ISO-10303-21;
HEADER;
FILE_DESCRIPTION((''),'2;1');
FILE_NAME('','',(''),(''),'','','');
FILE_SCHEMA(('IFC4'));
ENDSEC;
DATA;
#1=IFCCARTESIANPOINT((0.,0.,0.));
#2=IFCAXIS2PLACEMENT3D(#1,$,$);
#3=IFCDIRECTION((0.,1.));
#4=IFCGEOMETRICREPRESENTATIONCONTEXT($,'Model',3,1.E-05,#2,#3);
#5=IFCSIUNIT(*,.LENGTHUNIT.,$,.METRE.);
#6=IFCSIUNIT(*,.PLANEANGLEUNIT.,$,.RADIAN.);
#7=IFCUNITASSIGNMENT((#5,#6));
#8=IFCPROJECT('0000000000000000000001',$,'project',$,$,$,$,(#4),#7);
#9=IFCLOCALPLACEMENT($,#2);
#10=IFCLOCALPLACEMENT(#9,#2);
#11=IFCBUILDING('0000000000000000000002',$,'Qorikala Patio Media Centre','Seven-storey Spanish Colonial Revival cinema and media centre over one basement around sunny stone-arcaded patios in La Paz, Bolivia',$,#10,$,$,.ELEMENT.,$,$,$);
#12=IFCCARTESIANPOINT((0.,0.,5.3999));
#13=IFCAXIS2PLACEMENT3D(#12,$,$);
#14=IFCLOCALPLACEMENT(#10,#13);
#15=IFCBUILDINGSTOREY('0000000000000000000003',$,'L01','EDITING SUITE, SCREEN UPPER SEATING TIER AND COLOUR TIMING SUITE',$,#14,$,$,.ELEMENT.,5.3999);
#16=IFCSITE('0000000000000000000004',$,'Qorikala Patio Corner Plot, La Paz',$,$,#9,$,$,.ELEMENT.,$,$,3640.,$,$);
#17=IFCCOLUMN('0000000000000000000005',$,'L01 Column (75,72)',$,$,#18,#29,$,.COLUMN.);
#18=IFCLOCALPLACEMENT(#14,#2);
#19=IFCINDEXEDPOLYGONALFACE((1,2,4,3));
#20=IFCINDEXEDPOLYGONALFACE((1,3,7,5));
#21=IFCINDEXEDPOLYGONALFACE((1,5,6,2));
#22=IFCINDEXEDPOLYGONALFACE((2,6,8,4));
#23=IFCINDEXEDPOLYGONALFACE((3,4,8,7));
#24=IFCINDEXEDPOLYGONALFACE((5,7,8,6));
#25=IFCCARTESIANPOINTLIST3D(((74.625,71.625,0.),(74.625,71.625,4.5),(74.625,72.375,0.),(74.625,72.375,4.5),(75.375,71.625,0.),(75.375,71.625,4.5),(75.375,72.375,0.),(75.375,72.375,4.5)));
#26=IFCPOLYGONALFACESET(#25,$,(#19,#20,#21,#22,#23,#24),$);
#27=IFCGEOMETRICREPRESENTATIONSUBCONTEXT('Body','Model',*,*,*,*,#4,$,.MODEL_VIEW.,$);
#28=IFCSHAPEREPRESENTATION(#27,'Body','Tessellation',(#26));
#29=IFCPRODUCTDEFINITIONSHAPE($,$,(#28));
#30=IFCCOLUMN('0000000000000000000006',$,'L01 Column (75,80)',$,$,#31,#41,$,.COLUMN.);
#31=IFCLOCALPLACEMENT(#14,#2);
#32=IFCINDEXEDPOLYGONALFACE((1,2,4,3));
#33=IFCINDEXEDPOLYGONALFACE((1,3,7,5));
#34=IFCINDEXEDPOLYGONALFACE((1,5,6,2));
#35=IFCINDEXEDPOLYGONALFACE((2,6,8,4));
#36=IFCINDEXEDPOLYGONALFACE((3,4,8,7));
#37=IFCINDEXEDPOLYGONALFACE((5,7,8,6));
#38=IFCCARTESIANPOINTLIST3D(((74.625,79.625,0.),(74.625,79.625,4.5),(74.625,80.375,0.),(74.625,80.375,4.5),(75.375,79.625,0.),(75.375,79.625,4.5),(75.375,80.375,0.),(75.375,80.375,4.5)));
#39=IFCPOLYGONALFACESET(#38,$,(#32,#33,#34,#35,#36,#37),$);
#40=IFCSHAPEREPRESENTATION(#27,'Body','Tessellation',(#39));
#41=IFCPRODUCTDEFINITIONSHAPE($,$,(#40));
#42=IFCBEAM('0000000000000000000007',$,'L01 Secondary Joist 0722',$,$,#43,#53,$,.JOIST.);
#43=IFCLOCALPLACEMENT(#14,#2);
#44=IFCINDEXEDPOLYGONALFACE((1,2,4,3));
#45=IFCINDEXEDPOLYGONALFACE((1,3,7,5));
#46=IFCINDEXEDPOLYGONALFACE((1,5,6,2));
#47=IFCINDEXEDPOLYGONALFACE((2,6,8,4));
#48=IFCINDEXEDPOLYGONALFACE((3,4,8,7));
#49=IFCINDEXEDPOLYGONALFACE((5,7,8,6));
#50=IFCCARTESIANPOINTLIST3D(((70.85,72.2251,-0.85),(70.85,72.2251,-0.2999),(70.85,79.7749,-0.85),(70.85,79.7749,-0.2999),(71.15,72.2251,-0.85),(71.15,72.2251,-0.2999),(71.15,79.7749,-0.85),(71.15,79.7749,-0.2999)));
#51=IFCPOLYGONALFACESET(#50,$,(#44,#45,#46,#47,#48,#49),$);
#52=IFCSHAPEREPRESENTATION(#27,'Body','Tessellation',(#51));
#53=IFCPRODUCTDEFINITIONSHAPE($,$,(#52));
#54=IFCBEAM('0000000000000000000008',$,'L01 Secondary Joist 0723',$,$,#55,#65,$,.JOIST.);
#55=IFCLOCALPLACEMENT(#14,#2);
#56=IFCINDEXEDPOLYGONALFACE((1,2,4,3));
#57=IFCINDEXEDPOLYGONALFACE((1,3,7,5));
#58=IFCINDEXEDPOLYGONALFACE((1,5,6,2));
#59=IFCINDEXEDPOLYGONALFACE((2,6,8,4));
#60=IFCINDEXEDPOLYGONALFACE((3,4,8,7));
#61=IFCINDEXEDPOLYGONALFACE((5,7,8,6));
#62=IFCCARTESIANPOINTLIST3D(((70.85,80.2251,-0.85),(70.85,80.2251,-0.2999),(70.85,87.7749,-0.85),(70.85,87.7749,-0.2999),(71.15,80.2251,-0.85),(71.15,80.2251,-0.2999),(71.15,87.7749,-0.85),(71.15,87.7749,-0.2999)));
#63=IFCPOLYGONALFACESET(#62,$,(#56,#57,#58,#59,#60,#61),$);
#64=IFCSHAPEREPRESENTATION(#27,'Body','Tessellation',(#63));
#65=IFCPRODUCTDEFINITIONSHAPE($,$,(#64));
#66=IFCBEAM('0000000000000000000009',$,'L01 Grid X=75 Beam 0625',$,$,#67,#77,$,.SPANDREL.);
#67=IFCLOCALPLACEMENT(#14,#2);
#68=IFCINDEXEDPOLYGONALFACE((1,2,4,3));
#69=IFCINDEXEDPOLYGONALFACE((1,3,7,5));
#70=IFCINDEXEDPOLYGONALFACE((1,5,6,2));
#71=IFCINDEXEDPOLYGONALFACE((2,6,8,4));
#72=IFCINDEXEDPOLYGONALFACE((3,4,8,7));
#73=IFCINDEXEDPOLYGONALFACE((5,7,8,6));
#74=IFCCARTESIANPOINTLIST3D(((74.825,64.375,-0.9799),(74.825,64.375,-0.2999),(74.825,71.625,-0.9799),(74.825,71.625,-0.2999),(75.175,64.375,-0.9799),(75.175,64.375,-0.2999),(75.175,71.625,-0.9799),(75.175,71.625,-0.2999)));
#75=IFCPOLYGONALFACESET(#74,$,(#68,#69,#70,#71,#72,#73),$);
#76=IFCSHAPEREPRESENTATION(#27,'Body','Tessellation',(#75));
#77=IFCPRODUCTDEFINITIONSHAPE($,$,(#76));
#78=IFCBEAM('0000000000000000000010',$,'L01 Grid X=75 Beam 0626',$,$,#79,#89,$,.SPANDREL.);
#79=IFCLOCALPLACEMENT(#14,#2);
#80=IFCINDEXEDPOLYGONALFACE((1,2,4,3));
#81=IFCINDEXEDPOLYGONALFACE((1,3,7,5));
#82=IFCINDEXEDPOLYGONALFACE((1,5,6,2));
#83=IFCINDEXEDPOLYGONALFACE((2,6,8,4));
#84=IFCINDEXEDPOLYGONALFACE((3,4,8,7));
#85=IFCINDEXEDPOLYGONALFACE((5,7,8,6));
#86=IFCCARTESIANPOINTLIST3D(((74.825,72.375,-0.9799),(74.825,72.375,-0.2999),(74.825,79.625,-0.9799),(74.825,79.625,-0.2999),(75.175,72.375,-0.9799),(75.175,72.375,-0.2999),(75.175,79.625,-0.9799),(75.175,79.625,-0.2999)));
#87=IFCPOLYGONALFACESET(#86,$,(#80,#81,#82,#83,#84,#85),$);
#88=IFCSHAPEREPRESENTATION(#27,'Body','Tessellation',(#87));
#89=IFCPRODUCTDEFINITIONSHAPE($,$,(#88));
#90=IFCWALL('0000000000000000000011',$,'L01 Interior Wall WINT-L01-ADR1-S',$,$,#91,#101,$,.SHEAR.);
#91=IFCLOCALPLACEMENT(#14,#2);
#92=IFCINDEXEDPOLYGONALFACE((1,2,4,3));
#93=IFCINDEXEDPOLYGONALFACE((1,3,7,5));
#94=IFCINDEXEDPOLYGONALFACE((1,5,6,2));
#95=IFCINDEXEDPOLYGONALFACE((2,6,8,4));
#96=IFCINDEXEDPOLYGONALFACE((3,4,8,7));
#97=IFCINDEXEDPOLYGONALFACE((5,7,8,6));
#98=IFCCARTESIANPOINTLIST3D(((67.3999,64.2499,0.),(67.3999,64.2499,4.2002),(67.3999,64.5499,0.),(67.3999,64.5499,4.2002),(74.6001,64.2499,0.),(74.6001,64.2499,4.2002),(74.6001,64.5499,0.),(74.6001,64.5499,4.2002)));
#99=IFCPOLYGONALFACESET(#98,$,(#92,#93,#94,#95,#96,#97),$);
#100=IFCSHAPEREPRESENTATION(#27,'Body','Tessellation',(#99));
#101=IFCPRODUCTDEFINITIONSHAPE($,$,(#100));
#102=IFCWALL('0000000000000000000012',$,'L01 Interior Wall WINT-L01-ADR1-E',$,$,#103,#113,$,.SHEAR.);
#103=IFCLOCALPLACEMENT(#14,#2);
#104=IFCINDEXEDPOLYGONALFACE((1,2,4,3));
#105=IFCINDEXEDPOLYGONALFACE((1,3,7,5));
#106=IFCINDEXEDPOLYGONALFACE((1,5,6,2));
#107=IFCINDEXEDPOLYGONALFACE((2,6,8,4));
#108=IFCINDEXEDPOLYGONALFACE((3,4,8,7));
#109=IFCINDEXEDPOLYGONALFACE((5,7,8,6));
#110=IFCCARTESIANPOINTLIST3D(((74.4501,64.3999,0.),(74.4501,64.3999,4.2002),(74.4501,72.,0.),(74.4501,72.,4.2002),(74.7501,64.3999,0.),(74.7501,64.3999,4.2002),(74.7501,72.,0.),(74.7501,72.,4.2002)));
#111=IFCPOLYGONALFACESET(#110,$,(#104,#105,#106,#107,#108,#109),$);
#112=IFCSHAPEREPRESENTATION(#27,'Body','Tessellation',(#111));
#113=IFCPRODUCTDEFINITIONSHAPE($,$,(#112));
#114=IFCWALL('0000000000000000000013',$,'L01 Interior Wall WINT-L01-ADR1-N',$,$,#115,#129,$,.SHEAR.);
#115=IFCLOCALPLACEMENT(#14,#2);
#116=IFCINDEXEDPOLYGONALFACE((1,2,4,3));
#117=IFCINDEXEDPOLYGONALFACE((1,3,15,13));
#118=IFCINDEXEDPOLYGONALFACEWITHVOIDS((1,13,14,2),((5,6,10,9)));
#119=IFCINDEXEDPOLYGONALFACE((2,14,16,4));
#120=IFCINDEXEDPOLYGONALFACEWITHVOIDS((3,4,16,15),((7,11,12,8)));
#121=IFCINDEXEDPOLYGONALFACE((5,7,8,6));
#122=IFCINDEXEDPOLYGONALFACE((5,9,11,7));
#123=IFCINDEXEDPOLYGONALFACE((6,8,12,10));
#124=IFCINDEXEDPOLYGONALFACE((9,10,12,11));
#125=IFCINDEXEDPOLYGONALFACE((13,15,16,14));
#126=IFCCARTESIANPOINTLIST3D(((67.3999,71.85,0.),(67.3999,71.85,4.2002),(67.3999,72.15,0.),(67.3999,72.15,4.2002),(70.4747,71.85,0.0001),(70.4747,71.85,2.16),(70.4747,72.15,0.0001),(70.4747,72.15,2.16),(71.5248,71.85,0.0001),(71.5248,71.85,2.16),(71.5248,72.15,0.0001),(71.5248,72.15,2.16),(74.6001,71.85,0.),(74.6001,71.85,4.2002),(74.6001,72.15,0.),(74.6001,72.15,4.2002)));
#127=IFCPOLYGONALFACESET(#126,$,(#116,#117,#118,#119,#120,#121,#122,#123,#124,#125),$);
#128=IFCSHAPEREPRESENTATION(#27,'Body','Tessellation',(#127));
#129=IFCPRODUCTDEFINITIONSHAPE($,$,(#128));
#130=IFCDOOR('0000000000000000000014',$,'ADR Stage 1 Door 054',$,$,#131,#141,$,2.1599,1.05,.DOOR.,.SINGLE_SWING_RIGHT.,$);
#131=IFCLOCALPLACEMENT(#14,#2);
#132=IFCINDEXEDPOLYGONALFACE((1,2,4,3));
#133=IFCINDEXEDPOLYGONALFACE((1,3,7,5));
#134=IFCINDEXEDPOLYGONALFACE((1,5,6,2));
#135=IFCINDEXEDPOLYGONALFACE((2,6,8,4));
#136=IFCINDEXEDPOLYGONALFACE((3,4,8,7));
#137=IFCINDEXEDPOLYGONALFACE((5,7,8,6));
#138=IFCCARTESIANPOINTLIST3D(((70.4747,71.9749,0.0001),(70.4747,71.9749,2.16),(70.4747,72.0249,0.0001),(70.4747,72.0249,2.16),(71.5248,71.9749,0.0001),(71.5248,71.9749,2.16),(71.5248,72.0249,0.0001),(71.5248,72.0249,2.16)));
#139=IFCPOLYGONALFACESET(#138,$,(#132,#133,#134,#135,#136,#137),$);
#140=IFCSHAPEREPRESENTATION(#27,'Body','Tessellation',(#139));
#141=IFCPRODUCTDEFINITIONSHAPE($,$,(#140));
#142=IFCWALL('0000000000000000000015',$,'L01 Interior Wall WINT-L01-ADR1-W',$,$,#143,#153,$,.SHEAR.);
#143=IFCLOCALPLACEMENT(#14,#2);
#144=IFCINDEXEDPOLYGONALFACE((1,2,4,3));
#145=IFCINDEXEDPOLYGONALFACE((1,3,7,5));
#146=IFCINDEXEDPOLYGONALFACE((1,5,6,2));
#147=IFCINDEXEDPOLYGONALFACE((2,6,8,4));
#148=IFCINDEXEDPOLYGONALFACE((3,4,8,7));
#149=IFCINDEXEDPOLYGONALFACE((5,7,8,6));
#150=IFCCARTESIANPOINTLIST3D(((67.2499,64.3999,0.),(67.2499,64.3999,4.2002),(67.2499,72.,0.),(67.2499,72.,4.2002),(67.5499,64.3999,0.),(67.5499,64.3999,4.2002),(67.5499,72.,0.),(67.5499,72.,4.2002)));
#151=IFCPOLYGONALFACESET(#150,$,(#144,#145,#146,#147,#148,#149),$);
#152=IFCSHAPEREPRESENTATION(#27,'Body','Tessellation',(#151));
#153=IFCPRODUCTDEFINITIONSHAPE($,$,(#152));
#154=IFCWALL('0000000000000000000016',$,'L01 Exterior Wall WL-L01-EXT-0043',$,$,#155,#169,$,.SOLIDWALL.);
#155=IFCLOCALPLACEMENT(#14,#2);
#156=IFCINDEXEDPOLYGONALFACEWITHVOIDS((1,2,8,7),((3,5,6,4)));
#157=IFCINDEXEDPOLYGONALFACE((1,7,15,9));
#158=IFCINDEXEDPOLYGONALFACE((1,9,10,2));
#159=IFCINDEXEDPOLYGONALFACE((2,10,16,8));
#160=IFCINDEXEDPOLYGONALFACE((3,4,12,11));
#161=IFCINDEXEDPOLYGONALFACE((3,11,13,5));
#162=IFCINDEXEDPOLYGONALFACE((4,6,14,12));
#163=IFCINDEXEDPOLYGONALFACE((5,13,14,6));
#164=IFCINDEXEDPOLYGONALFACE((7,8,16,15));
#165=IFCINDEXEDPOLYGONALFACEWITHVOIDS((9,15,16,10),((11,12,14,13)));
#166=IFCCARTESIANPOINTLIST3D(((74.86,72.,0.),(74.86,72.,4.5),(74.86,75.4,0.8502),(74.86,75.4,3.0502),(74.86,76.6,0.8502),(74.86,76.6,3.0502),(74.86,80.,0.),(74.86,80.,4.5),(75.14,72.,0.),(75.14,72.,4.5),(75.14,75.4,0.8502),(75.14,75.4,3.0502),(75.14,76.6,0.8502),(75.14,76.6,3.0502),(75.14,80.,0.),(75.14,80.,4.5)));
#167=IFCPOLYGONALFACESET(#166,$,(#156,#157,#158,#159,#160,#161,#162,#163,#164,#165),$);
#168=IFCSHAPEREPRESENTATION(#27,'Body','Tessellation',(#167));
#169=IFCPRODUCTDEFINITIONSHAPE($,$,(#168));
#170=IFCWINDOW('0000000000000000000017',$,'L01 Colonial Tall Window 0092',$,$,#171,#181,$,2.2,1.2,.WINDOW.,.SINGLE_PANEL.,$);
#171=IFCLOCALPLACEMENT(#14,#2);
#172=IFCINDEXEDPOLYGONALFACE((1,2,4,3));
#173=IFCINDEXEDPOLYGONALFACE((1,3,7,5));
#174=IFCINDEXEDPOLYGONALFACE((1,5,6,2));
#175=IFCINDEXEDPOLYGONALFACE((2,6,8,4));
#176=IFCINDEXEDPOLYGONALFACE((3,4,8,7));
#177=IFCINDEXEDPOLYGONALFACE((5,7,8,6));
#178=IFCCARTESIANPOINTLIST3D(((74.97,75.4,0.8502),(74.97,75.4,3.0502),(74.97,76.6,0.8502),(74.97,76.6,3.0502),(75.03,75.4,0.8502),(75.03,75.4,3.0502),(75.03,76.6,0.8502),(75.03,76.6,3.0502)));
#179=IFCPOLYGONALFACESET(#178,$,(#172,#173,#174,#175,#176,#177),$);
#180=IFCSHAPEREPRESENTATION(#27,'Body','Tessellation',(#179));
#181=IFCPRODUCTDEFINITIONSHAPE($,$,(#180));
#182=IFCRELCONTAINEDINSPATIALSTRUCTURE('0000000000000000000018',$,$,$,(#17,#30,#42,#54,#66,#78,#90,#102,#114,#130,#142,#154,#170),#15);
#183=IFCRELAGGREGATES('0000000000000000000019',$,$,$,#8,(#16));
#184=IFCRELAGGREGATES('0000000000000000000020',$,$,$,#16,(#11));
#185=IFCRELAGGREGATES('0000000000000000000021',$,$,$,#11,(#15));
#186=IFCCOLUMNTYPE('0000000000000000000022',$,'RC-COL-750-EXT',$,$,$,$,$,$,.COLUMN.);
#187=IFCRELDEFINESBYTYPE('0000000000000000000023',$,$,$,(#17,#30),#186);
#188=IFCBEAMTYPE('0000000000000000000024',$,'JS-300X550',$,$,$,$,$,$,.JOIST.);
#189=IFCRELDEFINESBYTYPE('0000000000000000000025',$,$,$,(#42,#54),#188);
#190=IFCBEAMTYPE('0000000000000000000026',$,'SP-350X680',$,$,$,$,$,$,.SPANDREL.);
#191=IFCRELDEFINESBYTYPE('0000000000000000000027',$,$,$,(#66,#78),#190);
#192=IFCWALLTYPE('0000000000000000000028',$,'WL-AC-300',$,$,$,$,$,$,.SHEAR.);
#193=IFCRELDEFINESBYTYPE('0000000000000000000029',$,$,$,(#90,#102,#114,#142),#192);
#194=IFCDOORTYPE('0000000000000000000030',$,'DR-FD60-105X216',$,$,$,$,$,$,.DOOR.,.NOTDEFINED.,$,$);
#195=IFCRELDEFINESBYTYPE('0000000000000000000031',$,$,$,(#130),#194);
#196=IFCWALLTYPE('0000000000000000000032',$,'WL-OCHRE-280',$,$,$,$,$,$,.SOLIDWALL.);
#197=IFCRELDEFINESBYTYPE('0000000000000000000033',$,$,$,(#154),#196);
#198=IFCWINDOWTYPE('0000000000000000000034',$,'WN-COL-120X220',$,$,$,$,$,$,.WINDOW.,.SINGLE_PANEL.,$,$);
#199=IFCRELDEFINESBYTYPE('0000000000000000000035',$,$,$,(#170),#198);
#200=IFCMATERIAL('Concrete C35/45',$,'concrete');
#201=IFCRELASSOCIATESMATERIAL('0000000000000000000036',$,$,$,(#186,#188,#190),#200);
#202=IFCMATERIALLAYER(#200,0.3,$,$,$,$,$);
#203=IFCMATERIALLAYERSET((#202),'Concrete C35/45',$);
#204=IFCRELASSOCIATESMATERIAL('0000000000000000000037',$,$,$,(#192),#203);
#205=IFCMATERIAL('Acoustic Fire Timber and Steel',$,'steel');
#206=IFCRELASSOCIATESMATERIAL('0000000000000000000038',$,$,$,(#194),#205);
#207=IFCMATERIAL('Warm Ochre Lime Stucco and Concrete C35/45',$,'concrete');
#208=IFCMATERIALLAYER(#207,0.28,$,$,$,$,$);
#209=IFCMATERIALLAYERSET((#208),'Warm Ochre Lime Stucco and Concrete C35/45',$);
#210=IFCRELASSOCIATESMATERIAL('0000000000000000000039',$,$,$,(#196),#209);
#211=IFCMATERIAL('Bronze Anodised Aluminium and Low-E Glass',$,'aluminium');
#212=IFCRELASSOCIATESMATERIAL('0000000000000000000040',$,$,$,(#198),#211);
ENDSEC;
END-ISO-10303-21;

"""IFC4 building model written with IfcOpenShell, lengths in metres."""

from ifc_helpers import new_model, si_unit, direction, frame, frame_2d, origin, origin_2d, place, context, subcontext, project, spatial, rectangle, extrude, material, layer, layer_set, material_profile, profile_set, type_object, element, fill, save


model = new_model("IFC4")

# Units and contexts
model_context = context("Model", 3, precision=1e-05, world=origin(), true_north=direction((0.0, 1.0)))
body_context = subcontext(model_context, "Body", "Model", "MODEL_VIEW")
ifc_project = project(units=[si_unit("LENGTHUNIT", "METRE"), si_unit("PLANEANGLEUNIT", "RADIAN")], contexts=[model_context])

# Site, building, storey
site_placement = place(None, origin())
site = spatial("IfcSite", under=ifc_project, at=site_placement, Name="Qorikala Patio Corner Plot, La Paz", CompositionType="ELEMENT", RefElevation=3640.0)
building_placement = place(site_placement, origin())
building = spatial("IfcBuilding", under=site, at=building_placement, Name="Qorikala Patio Media Centre", Description="Seven-storey Spanish Colonial Revival cinema and media centre over one basement around sunny stone-arcaded patios in La Paz, Bolivia", CompositionType="ELEMENT")
storey_placement = place(building_placement, frame((0.0, 0.0, 5.3999)))
storey = spatial("IfcBuildingStorey", under=building, at=storey_placement, Name="L01", Description="EDITING SUITE, SCREEN UPPER SEATING TIER AND COLOUR TIMING SUITE", CompositionType="ELEMENT", Elevation=5.3999)

# Columns
ifc_material_1 = material(Name="Concrete C35/45", Category="concrete")
ifc_material_profile_1 = material_profile(ifc_material_1, rectangle(XDim=0.75, YDim=0.75, at=origin_2d()), Name="RC 750x750")
ifc_profile_set_1 = profile_set([ifc_material_profile_1], Name="Concrete C35/45")
column_type = type_object("IfcColumnType", Name="RC-COL-750-EXT", PredefinedType="COLUMN", material=ifc_profile_set_1)
for number, where, z_axis, x_axis, name in (
    (1, (75.0, 72.0, 0.0), (0.0, 0.0, 1.0), (1.0, 0.0, 0.0), "L01 Column (75,72)"),
    (2, (75.0, 80.0, 0.0), (0.0, 0.0, 1.0), (1.0, 0.0, 0.0), "L01 Column (75,80)"),
):
    element("IfcColumn", number, at=place(storey_placement, frame(where, z_axis=z_axis, x_axis=x_axis)), inside=storey, type_object=column_type, Name=name, PredefinedType="COLUMN", context=body_context, shape_type="SweptSolid", body=[
        extrude(rectangle(XDim=0.75, YDim=0.75, at=origin_2d()), origin(), (0.0, 0.0, 1.0), 4.5),
    ])

# Beams
ifc_material_profile_2 = material_profile(ifc_material_1, rectangle(XDim=0.3, YDim=0.55, at=origin_2d()), Name="RC 300x550")
ifc_profile_set_2 = profile_set([ifc_material_profile_2], Name="Concrete C35/45")
beam_type_1 = type_object("IfcBeamType", Name="JS-300X550", PredefinedType="JOIST", material=ifc_profile_set_2)
for number, where, z_axis, x_axis, name in (
    (3, (71.0, 72.2251, -0.575), (0.0, 1.0, 0.0), (-1.0, 0.0, 0.0), "L01 Secondary Joist 0722"),
    (4, (71.0, 80.2251, -0.575), (0.0, 1.0, 0.0), (-1.0, 0.0, 0.0), "L01 Secondary Joist 0723"),
):
    element("IfcBeam", number, at=place(storey_placement, frame(where, z_axis=z_axis, x_axis=x_axis)), inside=storey, type_object=beam_type_1, Name=name, PredefinedType="JOIST", context=body_context, shape_type="SweptSolid", body=[
        extrude(rectangle(XDim=0.3, YDim=0.55, at=origin_2d()), origin(), (0.0, 0.0, 1.0), 7.5498),
    ])
ifc_material_profile_3 = material_profile(ifc_material_1, rectangle(XDim=0.3501, YDim=0.6799, at=origin_2d()), Name="RC 350x680")
ifc_profile_set_3 = profile_set([ifc_material_profile_3], Name="Concrete C35/45")
beam_type_2 = type_object("IfcBeamType", Name="SP-350X680", PredefinedType="SPANDREL", material=ifc_profile_set_3)
for number, where, z_axis, x_axis, name in (
    (5, (75.0, 64.375, -0.6399), (0.0, 1.0, 0.0), (-1.0, 0.0, 0.0), "L01 Grid X=75 Beam 0625"),
    (6, (75.0, 72.375, -0.6399), (0.0, 1.0, 0.0), (-1.0, 0.0, 0.0), "L01 Grid X=75 Beam 0626"),
):
    element("IfcBeam", number, at=place(storey_placement, frame(where, z_axis=z_axis, x_axis=x_axis)), inside=storey, type_object=beam_type_2, Name=name, PredefinedType="SPANDREL", context=body_context, shape_type="SweptSolid", body=[
        extrude(rectangle(XDim=0.3501, YDim=0.6799, at=origin_2d()), origin(), (0.0, 0.0, 1.0), 7.25),
    ])

# Walls
ifc_layer_1 = layer(ifc_material_1, 0.3)
ifc_layer_set_1 = layer_set([ifc_layer_1], Name="Concrete C35/45")
wall_type_1 = type_object("IfcWallType", Name="WL-AC-300", PredefinedType="SHEAR", material=ifc_layer_set_1)
wall_1_placement = place(storey_placement, frame((67.3999, 64.3999, 0.0), z_axis=(0.0, 0.0, 1.0), x_axis=(1.0, 0.0, 0.0)))
element("IfcWall", 7, at=wall_1_placement, inside=storey, type_object=wall_type_1, Name="L01 Interior Wall WINT-L01-ADR1-S", PredefinedType="SHEAR", context=body_context, shape_type="SweptSolid", body=[
    extrude(rectangle(XDim=7.2002, YDim=0.3, at=frame_2d((3.6001, 0.0))), origin(), (0.0, 0.0, 1.0), 4.2002),
])
wall_2_placement = place(storey_placement, frame((74.6001, 64.3999, 0.0), z_axis=(0.0, 0.0, 1.0), x_axis=(0.0, 1.0, 0.0)))
element("IfcWall", 8, at=wall_2_placement, inside=storey, type_object=wall_type_1, Name="L01 Interior Wall WINT-L01-ADR1-E", PredefinedType="SHEAR", context=body_context, shape_type="SweptSolid", body=[
    extrude(rectangle(XDim=7.6001, YDim=0.3, at=frame_2d((3.8, 0.0))), origin(), (0.0, 0.0, 1.0), 4.2002),
])

# Wall, opening, door
wall_3_placement = place(storey_placement, frame((67.3999, 72.0, 0.0), z_axis=(0.0, 0.0, 1.0), x_axis=(1.0, 0.0, 0.0)))
wall_3 = element("IfcWall", 9, at=wall_3_placement, inside=storey, type_object=wall_type_1, Name="L01 Interior Wall WINT-L01-ADR1-N", PredefinedType="SHEAR", context=body_context, shape_type="SweptSolid", body=[
    extrude(rectangle(XDim=7.2002, YDim=0.3, at=frame_2d((3.6001, 0.0))), origin(), (0.0, 0.0, 1.0), 4.2002),
])
opening_1_placement = place(wall_3_placement, frame((3.075, 0.0, 0.0)))
opening_1 = element("IfcOpeningElement", 10, at=opening_1_placement, cuts=wall_3, PredefinedType="OPENING", context=body_context, shape_type="SweptSolid", body=[
    extrude(rectangle(XDim=1.05, YDim=2.1599, at=frame_2d((0.5249, 1.0801))), frame((0.0, 0.1599, 0.0), z_axis=(0.0, -1.0, 0.0), x_axis=(1.0, 0.0, 0.0)), (0.0, 0.0, 1.0), 0.3201),
])
ifc_material_2 = material(Name="Acoustic Fire Timber and Steel", Category="steel")
door_type = type_object("IfcDoorType", Name="DR-FD60-105X216", OperationType="NOTDEFINED", PredefinedType="DOOR", material=ifc_material_2)
door_placement = place(opening_1_placement, origin())
door = element("IfcDoor", 11, at=door_placement, inside=storey, type_object=door_type, Name="ADR Stage 1 Door 054", OperationType="SINGLE_SWING_RIGHT", OverallHeight=2.1599, OverallWidth=1.05, PredefinedType="DOOR", context=body_context, shape_type="SweptSolid", body=[
    extrude(rectangle(XDim=1.05, YDim=2.1599, at=frame_2d((0.5249, 1.0801))), frame((0.0, 0.0249, 0.0), z_axis=(0.0, -1.0, 0.0), x_axis=(1.0, 0.0, 0.0)), (0.0, 0.0, 1.0), 0.05),
])
fill(opening_1, door)

# Wall
wall_4_placement = place(storey_placement, frame((67.3999, 64.3999, 0.0), z_axis=(0.0, 0.0, 1.0), x_axis=(0.0, 1.0, 0.0)))
element("IfcWall", 12, at=wall_4_placement, inside=storey, type_object=wall_type_1, Name="L01 Interior Wall WINT-L01-ADR1-W", PredefinedType="SHEAR", context=body_context, shape_type="SweptSolid", body=[
    extrude(rectangle(XDim=7.6001, YDim=0.3, at=frame_2d((3.8, 0.0))), origin(), (0.0, 0.0, 1.0), 4.2002),
])

# Wall, opening, window
ifc_material_3 = material(Name="Warm Ochre Lime Stucco and Concrete C35/45", Category="concrete")
ifc_layer_2 = layer(ifc_material_3, 0.28)
ifc_layer_set_2 = layer_set([ifc_layer_2], Name="Warm Ochre Lime Stucco and Concrete C35/45")
wall_type_2 = type_object("IfcWallType", Name="WL-OCHRE-280", PredefinedType="SOLIDWALL", material=ifc_layer_set_2)
wall_5_placement = place(storey_placement, frame((75.0, 80.0, 0.0), z_axis=(0.0, 0.0, 1.0), x_axis=(0.0, -1.0, 0.0)))
wall_5 = element("IfcWall", 13, at=wall_5_placement, inside=storey, type_object=wall_type_2, Name="L01 Exterior Wall WL-L01-EXT-0043", PredefinedType="SOLIDWALL", context=body_context, shape_type="SweptSolid", body=[
    extrude(rectangle(XDim=8.0, YDim=0.28, at=frame_2d((4.0, 0.0))), origin(), (0.0, 0.0, 1.0), 4.5),
])
opening_2_placement = place(wall_5_placement, frame((3.3999, 0.0, 0.8501)))
opening_2 = element("IfcOpeningElement", 14, at=opening_2_placement, cuts=wall_5, PredefinedType="OPENING", context=body_context, shape_type="SweptSolid", body=[
    extrude(rectangle(XDim=1.2, YDim=2.2, at=frame_2d((0.6001, 1.1001))), frame((0.0, 0.1499, 0.0), z_axis=(0.0, -1.0, 0.0), x_axis=(1.0, 0.0, 0.0)), (0.0, 0.0, 1.0), 0.3),
])
ifc_material_4 = material(Name="Bronze Anodised Aluminium and Low-E Glass", Category="aluminium")
window_type_1 = type_object("IfcWindowType", Name="WN-COL-120X220", PartitioningType="SINGLE_PANEL", PredefinedType="WINDOW", material=ifc_material_4)
window_1_placement = place(opening_2_placement, origin())
window_1 = element("IfcWindow", 15, at=window_1_placement, inside=storey, type_object=window_type_1, Name="L01 Colonial Tall Window 0092", OverallHeight=2.2, OverallWidth=1.2, PartitioningType="SINGLE_PANEL", PredefinedType="WINDOW", context=body_context, shape_type="SweptSolid", body=[
    extrude(rectangle(XDim=1.2, YDim=2.2, at=frame_2d((0.6001, 1.1001))), frame((0.0, 0.03, 0.0), z_axis=(0.0, -1.0, 0.0), x_axis=(1.0, 0.0, 0.0)), (0.0, 0.0, 1.0), 0.0601),
])
fill(opening_2, window_1)

save(model, "model.ifc")
